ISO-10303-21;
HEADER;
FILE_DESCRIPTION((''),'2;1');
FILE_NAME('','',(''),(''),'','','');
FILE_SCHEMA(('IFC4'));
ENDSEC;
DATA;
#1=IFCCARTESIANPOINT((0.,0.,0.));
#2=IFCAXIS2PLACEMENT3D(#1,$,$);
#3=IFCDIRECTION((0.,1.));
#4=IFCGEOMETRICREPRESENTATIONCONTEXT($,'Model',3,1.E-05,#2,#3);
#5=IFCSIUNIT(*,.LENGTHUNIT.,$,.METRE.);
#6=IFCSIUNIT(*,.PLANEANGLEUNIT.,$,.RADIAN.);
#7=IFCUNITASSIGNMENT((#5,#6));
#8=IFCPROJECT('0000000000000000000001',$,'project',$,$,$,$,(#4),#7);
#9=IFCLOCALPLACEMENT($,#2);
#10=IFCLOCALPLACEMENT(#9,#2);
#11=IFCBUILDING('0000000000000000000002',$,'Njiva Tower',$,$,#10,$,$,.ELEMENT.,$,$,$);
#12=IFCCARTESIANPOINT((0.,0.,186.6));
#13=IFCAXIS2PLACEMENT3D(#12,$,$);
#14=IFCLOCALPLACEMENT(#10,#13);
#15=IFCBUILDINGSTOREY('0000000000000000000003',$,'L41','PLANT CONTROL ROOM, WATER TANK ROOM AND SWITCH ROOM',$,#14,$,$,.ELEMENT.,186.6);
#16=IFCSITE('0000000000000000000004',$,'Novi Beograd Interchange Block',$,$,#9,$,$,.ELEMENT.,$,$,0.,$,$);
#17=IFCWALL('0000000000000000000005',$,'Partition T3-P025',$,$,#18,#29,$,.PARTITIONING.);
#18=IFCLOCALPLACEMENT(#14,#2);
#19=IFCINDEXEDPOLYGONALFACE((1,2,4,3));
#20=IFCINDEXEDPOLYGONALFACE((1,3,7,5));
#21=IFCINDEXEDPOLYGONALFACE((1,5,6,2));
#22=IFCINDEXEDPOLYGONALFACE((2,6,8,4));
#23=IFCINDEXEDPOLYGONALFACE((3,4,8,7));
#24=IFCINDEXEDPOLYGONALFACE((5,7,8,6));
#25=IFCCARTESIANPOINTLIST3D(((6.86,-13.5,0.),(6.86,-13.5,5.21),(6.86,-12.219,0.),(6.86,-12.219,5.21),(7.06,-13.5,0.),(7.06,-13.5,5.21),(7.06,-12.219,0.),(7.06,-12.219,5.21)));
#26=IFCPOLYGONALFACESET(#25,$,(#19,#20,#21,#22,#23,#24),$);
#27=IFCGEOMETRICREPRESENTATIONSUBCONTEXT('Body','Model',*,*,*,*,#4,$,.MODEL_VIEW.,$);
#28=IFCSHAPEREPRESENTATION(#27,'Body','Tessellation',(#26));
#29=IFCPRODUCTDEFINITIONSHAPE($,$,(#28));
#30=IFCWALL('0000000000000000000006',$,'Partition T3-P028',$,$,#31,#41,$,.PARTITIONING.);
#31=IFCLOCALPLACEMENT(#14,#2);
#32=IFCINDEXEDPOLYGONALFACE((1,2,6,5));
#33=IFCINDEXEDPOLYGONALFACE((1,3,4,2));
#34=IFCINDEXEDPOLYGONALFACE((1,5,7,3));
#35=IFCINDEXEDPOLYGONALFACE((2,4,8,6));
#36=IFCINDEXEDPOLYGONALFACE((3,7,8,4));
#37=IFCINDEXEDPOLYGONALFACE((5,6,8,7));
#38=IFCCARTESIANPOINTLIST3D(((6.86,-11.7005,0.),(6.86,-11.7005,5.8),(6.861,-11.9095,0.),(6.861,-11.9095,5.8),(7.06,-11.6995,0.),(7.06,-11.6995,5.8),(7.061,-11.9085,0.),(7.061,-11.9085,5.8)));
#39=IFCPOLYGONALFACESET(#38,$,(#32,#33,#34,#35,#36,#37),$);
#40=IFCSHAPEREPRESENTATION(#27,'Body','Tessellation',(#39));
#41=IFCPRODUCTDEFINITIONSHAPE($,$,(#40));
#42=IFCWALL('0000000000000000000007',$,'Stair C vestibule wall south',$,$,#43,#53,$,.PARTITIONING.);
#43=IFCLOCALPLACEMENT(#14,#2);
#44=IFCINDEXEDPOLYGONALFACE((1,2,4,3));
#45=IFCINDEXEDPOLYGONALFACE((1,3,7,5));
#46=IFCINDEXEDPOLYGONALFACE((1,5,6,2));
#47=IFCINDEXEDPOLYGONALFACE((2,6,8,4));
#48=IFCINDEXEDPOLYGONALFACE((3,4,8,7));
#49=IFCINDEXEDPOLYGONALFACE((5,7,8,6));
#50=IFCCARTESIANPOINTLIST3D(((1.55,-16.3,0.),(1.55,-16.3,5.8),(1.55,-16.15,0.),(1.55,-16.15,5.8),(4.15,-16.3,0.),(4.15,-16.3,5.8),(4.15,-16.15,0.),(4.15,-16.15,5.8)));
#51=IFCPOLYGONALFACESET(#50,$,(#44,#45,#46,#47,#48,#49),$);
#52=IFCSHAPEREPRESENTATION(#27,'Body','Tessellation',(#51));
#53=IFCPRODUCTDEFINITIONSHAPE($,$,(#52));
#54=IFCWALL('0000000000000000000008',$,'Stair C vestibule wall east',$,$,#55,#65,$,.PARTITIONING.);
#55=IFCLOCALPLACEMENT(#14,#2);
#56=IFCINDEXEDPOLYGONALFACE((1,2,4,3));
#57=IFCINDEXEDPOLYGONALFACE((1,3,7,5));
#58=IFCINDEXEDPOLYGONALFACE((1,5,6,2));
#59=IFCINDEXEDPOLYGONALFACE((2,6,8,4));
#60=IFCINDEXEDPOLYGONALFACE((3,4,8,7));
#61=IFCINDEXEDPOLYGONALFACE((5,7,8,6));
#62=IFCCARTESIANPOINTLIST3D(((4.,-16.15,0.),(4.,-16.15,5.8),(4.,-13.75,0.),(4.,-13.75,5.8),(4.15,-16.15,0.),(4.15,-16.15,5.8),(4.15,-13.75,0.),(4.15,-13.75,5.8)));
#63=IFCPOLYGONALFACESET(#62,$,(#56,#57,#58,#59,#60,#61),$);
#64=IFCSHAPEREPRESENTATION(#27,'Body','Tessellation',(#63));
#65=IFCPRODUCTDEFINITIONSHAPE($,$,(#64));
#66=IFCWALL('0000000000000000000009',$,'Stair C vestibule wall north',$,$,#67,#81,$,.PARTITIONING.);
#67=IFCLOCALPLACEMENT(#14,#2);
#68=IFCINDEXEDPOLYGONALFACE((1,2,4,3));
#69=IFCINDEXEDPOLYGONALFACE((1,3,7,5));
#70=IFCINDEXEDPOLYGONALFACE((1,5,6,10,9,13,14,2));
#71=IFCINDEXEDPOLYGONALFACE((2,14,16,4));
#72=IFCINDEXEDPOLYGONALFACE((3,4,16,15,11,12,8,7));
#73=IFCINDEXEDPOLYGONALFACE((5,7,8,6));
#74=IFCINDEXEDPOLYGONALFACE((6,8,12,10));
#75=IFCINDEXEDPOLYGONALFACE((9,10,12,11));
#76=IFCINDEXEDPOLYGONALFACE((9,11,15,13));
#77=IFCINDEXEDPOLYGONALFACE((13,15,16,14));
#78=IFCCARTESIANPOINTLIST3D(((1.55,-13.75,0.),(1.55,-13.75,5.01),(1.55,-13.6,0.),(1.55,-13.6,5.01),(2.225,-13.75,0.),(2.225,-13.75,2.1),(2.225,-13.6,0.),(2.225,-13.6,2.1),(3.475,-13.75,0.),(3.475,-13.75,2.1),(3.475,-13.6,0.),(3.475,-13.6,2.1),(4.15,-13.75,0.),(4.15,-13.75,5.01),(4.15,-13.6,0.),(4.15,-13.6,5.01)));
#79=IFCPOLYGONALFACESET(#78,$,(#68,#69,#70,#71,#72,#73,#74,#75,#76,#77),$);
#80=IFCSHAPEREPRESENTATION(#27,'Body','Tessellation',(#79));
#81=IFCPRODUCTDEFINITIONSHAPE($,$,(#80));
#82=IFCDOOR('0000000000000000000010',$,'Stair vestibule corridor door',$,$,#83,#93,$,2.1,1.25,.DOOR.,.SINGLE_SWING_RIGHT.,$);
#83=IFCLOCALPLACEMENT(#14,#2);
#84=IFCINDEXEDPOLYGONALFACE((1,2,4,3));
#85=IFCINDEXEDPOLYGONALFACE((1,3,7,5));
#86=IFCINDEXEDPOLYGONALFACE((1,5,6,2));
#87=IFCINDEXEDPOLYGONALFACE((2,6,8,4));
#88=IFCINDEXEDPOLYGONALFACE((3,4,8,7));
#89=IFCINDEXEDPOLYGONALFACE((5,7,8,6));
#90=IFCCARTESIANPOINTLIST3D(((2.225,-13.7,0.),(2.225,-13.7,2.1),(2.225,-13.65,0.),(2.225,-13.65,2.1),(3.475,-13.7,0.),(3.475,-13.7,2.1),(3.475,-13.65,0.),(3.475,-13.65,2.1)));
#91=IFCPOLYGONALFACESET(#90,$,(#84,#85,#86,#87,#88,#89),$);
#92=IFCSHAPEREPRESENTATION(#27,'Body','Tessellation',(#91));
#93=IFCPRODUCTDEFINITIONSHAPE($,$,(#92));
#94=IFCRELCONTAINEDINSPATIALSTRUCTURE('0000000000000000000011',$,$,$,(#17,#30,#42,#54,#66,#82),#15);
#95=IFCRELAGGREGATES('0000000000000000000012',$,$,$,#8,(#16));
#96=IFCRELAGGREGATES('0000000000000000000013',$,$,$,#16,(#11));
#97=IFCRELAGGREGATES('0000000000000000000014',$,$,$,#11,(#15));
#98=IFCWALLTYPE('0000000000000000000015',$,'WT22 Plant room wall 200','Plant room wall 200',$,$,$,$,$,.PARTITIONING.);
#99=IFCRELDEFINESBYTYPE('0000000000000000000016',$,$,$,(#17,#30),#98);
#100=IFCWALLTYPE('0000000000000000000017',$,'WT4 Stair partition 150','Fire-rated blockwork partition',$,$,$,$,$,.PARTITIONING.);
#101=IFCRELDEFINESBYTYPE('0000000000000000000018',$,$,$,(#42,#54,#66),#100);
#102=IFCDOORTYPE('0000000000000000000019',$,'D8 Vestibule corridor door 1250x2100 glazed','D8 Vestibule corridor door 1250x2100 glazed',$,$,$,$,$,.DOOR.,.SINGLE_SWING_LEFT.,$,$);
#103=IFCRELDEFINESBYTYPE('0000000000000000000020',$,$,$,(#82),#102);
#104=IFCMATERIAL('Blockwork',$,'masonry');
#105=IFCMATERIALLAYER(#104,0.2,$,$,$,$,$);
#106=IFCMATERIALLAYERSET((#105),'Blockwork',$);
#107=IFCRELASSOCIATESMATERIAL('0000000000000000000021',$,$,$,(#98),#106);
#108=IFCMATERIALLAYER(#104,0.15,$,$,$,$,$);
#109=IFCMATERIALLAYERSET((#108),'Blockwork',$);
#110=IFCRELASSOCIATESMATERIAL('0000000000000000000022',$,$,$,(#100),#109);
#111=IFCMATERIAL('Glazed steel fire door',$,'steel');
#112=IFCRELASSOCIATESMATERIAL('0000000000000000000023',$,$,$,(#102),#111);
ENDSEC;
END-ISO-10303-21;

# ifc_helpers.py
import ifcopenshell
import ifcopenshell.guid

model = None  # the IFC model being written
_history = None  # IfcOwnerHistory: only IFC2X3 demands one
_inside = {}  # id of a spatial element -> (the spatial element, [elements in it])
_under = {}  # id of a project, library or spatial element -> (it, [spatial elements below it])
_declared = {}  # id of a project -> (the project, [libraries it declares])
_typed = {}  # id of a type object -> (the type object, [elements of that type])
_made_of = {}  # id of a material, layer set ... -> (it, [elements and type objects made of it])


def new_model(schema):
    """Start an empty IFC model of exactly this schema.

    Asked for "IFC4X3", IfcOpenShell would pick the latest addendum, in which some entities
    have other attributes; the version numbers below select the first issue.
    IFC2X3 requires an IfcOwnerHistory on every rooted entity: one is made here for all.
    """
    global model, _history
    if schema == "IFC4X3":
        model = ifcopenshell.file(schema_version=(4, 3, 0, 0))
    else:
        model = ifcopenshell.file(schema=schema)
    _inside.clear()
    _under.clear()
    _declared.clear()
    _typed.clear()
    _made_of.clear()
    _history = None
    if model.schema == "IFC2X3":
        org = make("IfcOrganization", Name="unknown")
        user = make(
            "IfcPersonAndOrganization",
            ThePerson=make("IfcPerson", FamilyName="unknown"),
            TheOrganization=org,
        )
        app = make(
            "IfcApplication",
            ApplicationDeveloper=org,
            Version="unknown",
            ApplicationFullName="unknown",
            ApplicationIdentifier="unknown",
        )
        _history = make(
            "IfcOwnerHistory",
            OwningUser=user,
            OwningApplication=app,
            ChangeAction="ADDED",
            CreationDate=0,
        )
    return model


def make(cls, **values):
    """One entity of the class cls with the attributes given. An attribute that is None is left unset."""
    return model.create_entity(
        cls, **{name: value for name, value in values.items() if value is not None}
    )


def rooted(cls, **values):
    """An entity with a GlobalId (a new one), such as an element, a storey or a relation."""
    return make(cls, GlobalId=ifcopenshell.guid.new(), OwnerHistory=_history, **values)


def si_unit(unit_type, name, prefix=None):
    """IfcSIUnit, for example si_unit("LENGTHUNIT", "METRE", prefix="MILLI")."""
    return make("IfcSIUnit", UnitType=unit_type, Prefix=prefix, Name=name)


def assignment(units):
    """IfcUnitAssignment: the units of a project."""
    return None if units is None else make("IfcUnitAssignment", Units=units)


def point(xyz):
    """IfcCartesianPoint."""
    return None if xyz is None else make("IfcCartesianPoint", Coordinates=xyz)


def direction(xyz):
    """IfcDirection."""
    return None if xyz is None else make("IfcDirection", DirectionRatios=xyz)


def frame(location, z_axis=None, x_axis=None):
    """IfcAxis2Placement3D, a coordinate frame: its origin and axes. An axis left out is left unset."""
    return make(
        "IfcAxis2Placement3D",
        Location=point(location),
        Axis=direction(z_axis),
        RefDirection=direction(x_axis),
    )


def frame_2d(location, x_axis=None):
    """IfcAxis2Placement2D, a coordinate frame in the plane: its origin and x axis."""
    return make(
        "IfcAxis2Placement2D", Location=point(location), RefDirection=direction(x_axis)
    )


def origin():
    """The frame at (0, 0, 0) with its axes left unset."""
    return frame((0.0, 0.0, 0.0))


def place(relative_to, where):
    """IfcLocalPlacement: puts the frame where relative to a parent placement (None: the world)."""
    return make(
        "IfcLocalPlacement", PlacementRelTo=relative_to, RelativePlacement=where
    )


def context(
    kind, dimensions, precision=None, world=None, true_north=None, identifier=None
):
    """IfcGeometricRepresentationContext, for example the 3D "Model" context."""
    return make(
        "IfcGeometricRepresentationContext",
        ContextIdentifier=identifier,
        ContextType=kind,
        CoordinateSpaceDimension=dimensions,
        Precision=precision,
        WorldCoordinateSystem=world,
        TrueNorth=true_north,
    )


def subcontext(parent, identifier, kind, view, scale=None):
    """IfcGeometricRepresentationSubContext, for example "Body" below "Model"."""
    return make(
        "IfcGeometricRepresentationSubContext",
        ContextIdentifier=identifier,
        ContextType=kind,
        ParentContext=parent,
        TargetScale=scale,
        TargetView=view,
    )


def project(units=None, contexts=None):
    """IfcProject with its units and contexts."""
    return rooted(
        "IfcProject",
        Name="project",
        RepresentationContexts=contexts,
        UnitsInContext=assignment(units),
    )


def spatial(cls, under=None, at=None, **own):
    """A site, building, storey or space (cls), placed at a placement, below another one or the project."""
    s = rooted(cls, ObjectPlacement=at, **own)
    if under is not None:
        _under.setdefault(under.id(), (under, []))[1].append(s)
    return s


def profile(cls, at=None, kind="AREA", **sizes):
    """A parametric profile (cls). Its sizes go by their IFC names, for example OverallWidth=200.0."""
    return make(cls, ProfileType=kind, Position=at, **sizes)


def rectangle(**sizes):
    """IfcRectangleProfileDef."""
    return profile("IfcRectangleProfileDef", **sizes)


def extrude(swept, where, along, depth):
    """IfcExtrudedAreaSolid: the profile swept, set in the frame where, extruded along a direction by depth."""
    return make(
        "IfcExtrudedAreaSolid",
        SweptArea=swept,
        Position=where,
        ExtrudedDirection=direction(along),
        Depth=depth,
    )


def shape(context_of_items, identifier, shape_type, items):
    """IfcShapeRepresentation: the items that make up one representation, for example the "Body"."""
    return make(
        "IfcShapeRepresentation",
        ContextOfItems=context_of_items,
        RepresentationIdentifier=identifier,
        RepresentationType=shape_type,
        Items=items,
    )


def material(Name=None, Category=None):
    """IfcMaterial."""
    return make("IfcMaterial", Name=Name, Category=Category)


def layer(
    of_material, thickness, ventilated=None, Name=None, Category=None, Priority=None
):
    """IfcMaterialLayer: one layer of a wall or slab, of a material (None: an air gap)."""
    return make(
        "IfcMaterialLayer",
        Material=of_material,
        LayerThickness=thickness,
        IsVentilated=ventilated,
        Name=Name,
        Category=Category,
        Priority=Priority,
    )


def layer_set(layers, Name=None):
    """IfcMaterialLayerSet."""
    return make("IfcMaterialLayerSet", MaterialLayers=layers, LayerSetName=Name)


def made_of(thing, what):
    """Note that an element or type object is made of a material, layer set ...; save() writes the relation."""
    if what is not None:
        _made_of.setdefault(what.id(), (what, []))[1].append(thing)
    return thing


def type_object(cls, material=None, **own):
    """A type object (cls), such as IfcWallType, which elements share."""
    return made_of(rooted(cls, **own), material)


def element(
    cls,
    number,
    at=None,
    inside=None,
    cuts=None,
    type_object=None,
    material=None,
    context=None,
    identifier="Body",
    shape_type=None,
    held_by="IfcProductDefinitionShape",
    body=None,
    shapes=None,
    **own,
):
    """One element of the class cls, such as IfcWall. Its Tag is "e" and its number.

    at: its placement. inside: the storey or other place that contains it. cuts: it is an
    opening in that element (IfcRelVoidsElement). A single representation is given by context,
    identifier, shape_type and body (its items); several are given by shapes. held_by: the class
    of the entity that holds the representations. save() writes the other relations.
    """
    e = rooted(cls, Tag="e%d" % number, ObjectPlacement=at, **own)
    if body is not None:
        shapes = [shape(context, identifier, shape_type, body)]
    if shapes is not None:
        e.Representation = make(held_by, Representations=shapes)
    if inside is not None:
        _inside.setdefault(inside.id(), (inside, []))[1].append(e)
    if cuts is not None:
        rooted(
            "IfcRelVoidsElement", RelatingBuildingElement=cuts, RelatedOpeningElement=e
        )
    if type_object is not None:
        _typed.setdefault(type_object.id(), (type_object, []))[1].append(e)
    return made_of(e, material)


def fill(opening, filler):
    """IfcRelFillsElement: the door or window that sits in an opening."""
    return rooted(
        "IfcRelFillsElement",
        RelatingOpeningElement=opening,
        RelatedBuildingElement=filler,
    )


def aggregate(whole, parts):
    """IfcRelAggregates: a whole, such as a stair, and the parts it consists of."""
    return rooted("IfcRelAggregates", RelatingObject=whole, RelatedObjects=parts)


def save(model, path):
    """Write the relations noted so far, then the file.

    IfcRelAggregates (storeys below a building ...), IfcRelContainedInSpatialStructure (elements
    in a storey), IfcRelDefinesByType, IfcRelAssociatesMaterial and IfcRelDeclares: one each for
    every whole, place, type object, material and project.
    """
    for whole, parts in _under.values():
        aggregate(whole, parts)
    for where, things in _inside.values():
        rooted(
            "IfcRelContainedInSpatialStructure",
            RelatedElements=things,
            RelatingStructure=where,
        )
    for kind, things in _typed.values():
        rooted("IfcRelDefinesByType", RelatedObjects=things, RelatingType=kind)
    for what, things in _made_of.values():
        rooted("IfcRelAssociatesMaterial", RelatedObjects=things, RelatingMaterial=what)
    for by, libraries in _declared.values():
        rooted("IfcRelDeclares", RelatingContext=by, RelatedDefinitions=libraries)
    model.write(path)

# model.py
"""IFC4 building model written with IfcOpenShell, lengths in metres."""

from ifc_helpers import new_model, si_unit, direction, frame, frame_2d, origin, place, context, subcontext, project, spatial, rectangle, extrude, material, layer, layer_set, type_object, element, fill, save


model = new_model("IFC4")

# Units and contexts
model_context = context("Model", 3, precision=1e-05, world=origin(), true_north=direction((0.0, 1.0)))
body_context = subcontext(model_context, "Body", "Model", "MODEL_VIEW")
ifc_project = project(units=[si_unit("LENGTHUNIT", "METRE"), si_unit("PLANEANGLEUNIT", "RADIAN")], contexts=[model_context])

# Site, building, storey
site_placement = place(None, origin())
site = spatial("IfcSite", under=ifc_project, at=site_placement, Name="Novi Beograd Interchange Block", CompositionType="ELEMENT", RefElevation=0.0)
building_placement = place(site_placement, origin())
building = spatial("IfcBuilding", under=site, at=building_placement, Name="Njiva Tower", CompositionType="ELEMENT")
storey_placement = place(building_placement, frame((0.0, 0.0, 186.6)))
storey = spatial("IfcBuildingStorey", under=building, at=storey_placement, Name="L41", Description="PLANT CONTROL ROOM, WATER TANK ROOM AND SWITCH ROOM", CompositionType="ELEMENT", Elevation=186.6)

# Shared definitions
ifc_material_1 = material(Name="Blockwork", Category="masonry")
ifc_layer_1 = layer(ifc_material_1, 0.2)
ifc_layer_set_1 = layer_set([ifc_layer_1], Name="Blockwork")
wall_type_1 = type_object("IfcWallType", Name="WT22 Plant room wall 200", Description="Plant room wall 200", PredefinedType="PARTITIONING", material=ifc_layer_set_1)

# Walls
wall_1_placement = place(storey_placement, frame((6.96, -13.5, 0.0), z_axis=(0.0, 0.0, 1.0), x_axis=(0.0, 1.0, 0.0)))
element("IfcWall", 1, at=wall_1_placement, inside=storey, type_object=wall_type_1, Name="Partition T3-P025", PredefinedType="PARTITIONING", context=body_context, shape_type="SweptSolid", body=[
    extrude(rectangle(XDim=1.281, YDim=0.2, at=frame_2d((0.6405, 0.0))), origin(), (0.0, 0.0, 1.0), 5.21),
])
wall_2_placement = place(storey_placement, frame((6.96, -11.7, 0.0), z_axis=(0.0, 0.0, 1.0), x_axis=(0.004785, -0.999989, 0.0)))
element("IfcWall", 2, at=wall_2_placement, inside=storey, type_object=wall_type_1, Name="Partition T3-P028", PredefinedType="PARTITIONING", context=body_context, shape_type="SweptSolid", body=[
    extrude(rectangle(XDim=0.209, YDim=0.2, at=frame_2d((0.1045, 0.0))), origin(), (0.0, 0.0, 1.0), 5.8),
])
ifc_layer_2 = layer(ifc_material_1, 0.15)
ifc_layer_set_2 = layer_set([ifc_layer_2], Name="Blockwork")
wall_type_2 = type_object("IfcWallType", Name="WT4 Stair partition 150", Description="Fire-rated blockwork partition", PredefinedType="PARTITIONING", material=ifc_layer_set_2)
wall_3_placement = place(storey_placement, frame((1.55, -16.225, 0.0), z_axis=(0.0, 0.0, 1.0), x_axis=(1.0, 0.0, 0.0)))
element("IfcWall", 3, at=wall_3_placement, inside=storey, type_object=wall_type_2, Name="Stair C vestibule wall south", PredefinedType="PARTITIONING", context=body_context, shape_type="SweptSolid", body=[
    extrude(rectangle(XDim=2.6, YDim=0.15, at=frame_2d((1.3, 0.0))), origin(), (0.0, 0.0, 1.0), 5.8),
])
wall_4_placement = place(storey_placement, frame((4.075, -16.15, 0.0), z_axis=(0.0, 0.0, 1.0), x_axis=(0.0, 1.0, 0.0)))
element("IfcWall", 4, at=wall_4_placement, inside=storey, type_object=wall_type_2, Name="Stair C vestibule wall east", PredefinedType="PARTITIONING", context=body_context, shape_type="SweptSolid", body=[
    extrude(rectangle(XDim=2.4, YDim=0.15, at=frame_2d((1.2, 0.0))), origin(), (0.0, 0.0, 1.0), 5.8),
])

# Wall, opening, door
wall_5_placement = place(storey_placement, frame((1.55, -13.675, 0.0), z_axis=(0.0, 0.0, 1.0), x_axis=(1.0, 0.0, 0.0)))
wall_5 = element("IfcWall", 5, at=wall_5_placement, inside=storey, type_object=wall_type_2, Name="Stair C vestibule wall north", PredefinedType="PARTITIONING", context=body_context, shape_type="SweptSolid", body=[
    extrude(rectangle(XDim=2.6, YDim=0.15, at=frame_2d((1.3, 0.0))), origin(), (0.0, 0.0, 1.0), 5.01),
])
opening_1_placement = place(wall_5_placement, frame((0.675, 0.0, 0.0)))
opening_1 = element("IfcOpeningElement", 6, at=opening_1_placement, cuts=wall_5, PredefinedType="OPENING", context=body_context, shape_type="SweptSolid", body=[
    extrude(rectangle(XDim=1.25, YDim=2.1, at=frame_2d((0.625, 1.05))), frame((0.0, 0.085, 0.0), z_axis=(0.0, -1.0, 0.0), x_axis=(1.0, 0.0, 0.0)), (0.0, 0.0, 1.0), 0.17),
])
ifc_material_2 = material(Name="Glazed steel fire door", Category="steel")
door_type_1 = type_object("IfcDoorType", Name="D8 Vestibule corridor door 1250x2100 glazed", Description="D8 Vestibule corridor door 1250x2100 glazed", OperationType="SINGLE_SWING_LEFT", PredefinedType="DOOR", material=ifc_material_2)
door_1_placement = place(opening_1_placement, origin())
door_1 = element("IfcDoor", 7, at=door_1_placement, inside=storey, type_object=door_type_1, Name="Stair vestibule corridor door", OperationType="SINGLE_SWING_RIGHT", OverallHeight=2.1, OverallWidth=1.25, PredefinedType="DOOR", context=body_context, shape_type="SweptSolid", body=[
    extrude(rectangle(XDim=1.25, YDim=2.1, at=frame_2d((0.625, 1.05))), frame((0.0, 0.025, 0.0), z_axis=(0.0, -1.0, 0.0), x_axis=(1.0, 0.0, 0.0)), (0.0, 0.0, 1.0), 0.05),
])
fill(opening_1, door_1)

save(model, "model.ifc")
